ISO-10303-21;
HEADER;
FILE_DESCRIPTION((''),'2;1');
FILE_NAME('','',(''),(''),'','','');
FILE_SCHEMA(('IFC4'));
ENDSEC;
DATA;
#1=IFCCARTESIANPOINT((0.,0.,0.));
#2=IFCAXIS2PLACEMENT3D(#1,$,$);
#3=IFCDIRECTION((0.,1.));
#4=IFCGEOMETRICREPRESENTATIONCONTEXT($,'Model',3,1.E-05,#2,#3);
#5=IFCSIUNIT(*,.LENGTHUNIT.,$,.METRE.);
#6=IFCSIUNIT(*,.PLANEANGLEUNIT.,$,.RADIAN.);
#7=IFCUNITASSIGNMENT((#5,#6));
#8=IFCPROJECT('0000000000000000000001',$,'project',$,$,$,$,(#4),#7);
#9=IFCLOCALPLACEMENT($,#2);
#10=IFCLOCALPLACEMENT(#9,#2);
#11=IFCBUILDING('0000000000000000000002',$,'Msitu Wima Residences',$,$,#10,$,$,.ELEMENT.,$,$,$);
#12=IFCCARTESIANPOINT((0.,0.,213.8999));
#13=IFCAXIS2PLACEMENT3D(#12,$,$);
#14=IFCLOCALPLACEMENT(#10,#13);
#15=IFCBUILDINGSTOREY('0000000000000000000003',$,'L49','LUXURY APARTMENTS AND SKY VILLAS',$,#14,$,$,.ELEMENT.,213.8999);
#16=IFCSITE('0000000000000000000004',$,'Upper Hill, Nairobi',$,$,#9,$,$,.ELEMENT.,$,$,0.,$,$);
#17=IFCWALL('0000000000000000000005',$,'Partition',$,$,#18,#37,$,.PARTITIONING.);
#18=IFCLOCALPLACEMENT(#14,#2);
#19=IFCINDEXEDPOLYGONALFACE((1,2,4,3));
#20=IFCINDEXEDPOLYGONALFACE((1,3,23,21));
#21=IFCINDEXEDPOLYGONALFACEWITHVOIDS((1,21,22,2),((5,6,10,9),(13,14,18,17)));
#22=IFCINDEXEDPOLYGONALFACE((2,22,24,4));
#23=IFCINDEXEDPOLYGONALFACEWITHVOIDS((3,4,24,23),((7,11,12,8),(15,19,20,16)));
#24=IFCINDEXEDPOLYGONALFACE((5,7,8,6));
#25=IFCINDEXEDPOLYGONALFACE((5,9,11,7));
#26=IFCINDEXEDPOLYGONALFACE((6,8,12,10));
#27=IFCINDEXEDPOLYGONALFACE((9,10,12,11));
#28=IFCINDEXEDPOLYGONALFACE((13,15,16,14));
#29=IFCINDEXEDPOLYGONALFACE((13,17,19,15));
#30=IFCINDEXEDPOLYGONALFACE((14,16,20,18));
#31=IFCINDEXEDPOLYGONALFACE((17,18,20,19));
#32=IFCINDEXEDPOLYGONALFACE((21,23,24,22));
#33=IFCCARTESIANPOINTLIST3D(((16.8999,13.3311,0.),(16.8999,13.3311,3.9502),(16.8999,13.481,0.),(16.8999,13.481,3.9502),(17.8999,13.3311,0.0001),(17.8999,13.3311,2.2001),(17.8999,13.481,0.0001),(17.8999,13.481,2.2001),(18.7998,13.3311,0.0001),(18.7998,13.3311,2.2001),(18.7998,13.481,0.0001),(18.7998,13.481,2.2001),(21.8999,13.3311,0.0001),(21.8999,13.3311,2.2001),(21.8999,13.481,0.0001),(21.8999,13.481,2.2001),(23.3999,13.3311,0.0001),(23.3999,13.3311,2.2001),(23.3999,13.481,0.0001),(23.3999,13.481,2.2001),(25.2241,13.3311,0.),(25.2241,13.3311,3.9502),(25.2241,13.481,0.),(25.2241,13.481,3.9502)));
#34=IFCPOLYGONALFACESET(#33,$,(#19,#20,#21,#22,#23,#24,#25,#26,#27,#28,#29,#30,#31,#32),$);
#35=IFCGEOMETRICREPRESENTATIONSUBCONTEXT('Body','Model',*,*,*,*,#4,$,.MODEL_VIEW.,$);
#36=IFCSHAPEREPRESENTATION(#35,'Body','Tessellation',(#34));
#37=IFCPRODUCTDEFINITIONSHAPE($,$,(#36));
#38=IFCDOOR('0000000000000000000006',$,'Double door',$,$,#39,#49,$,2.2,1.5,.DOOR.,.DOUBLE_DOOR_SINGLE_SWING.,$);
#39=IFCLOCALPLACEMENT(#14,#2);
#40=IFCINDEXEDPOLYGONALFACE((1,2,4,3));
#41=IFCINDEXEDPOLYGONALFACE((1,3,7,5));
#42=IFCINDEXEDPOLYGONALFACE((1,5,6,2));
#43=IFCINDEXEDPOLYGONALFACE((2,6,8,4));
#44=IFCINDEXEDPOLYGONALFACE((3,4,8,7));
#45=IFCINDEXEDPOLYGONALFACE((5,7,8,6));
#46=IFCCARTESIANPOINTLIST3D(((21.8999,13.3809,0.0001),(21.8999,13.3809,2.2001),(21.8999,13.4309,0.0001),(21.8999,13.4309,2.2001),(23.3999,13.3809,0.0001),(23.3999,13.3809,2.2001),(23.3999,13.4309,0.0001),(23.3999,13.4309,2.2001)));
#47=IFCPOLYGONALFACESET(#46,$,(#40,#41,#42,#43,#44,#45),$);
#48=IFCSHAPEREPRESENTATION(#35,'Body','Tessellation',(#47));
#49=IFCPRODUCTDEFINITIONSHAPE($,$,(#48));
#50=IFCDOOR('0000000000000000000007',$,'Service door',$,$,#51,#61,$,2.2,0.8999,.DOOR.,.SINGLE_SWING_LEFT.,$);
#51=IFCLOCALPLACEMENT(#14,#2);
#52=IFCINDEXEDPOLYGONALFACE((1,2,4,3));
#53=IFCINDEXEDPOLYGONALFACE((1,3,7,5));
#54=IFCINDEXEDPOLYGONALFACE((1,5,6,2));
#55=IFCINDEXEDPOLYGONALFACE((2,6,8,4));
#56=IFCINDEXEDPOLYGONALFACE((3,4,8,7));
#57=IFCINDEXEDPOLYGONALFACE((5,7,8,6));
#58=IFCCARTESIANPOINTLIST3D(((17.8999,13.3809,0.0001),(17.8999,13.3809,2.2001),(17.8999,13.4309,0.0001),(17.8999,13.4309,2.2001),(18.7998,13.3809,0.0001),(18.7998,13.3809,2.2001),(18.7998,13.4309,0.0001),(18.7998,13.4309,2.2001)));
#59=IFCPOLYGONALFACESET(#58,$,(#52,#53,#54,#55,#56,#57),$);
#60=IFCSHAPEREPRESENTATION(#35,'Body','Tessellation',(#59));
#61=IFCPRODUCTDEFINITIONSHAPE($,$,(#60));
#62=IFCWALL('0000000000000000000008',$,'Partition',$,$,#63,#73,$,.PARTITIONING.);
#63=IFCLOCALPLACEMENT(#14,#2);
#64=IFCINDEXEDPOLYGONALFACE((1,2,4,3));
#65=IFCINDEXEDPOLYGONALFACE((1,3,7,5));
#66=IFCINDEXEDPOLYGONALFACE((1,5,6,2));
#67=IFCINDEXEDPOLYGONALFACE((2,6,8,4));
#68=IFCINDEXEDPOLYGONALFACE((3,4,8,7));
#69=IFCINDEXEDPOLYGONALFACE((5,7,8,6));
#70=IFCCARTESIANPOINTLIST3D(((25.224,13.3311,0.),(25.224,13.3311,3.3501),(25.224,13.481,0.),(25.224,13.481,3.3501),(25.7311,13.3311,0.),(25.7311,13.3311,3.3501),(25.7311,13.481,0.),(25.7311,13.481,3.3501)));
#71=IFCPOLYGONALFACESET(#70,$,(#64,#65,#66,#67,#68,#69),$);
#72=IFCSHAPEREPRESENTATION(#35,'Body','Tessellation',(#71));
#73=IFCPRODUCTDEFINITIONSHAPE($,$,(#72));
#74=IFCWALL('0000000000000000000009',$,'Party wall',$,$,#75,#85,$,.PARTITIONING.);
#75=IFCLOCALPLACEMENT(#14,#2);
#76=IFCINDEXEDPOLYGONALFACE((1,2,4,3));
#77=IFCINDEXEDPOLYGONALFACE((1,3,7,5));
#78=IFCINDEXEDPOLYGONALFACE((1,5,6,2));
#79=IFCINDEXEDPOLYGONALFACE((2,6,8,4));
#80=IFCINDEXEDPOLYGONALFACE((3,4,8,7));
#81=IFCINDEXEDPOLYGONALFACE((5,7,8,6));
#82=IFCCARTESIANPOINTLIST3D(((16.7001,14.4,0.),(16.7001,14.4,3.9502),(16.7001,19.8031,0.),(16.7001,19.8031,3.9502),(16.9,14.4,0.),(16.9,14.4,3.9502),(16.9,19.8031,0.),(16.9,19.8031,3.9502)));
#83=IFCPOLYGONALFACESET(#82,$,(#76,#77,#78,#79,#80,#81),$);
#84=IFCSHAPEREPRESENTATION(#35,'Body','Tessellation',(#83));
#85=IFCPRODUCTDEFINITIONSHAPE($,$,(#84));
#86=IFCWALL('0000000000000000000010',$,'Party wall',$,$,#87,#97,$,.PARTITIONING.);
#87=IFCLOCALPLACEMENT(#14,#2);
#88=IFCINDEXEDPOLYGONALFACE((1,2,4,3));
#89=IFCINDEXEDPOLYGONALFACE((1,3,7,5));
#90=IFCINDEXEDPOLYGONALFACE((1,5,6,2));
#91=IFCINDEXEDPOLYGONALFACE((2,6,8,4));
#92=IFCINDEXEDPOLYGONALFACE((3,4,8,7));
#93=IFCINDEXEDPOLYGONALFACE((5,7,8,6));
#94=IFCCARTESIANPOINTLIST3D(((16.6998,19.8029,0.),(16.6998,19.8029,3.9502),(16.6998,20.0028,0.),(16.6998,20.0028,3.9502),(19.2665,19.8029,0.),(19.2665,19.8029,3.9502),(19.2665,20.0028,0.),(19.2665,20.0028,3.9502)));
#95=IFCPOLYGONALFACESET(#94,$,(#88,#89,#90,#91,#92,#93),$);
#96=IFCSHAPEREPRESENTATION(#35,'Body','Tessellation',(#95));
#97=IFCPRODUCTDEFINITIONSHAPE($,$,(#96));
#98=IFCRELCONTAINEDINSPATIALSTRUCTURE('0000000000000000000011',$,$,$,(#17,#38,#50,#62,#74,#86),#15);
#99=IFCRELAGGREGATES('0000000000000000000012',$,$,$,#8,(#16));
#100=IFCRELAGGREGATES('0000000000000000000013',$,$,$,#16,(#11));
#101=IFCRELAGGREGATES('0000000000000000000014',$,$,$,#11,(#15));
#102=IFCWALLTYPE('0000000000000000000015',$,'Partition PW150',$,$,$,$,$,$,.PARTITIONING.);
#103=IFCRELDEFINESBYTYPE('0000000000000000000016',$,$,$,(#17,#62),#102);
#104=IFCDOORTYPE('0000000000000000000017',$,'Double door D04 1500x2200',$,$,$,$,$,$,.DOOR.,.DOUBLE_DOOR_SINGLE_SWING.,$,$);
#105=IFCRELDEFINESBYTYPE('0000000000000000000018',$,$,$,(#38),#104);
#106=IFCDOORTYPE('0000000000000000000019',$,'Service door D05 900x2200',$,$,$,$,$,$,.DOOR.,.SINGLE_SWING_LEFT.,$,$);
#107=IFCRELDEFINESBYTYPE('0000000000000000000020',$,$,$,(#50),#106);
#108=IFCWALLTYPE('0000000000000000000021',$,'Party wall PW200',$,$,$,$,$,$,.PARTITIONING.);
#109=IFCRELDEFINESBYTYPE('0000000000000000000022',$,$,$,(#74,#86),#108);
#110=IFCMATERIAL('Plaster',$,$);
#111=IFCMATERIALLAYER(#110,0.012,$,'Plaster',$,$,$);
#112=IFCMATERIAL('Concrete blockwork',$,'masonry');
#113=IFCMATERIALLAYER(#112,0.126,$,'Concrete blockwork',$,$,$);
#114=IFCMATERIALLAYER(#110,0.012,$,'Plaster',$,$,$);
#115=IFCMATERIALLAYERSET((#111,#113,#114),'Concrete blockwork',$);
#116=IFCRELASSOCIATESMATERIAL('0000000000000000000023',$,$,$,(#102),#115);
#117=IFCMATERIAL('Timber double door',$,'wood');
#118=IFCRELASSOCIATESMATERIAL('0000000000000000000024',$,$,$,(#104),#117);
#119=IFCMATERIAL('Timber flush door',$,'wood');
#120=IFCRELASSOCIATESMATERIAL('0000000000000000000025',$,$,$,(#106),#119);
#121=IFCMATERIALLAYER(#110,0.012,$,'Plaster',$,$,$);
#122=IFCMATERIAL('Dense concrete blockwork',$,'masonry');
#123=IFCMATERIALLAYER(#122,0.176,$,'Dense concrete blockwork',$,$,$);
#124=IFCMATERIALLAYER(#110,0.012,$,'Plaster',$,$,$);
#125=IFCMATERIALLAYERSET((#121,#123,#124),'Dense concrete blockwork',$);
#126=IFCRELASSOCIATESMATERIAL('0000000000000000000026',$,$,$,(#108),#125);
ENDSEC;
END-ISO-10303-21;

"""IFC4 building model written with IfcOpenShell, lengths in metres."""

from ifc_helpers import new_model, si_unit, direction, frame, frame_2d, origin, place, context, subcontext, project, spatial, rectangle, extrude, material, layer, layer_set, type_object, element, fill, save


model = new_model("IFC4")

# Units and contexts
model_context = context("Model", 3, precision=1e-05, world=origin(), true_north=direction((0.0, 1.0)))
body_context = subcontext(model_context, "Body", "Model", "MODEL_VIEW")
ifc_project = project(units=[si_unit("LENGTHUNIT", "METRE"), si_unit("PLANEANGLEUNIT", "RADIAN")], contexts=[model_context])

# Site, building, storey
site_placement = place(None, origin())
site = spatial("IfcSite", under=ifc_project, at=site_placement, Name="Upper Hill, Nairobi", CompositionType="ELEMENT", RefElevation=0.0)
building_placement = place(site_placement, origin())
building = spatial("IfcBuilding", under=site, at=building_placement, Name="Msitu Wima Residences", CompositionType="ELEMENT")
storey_placement = place(building_placement, frame((0.0, 0.0, 213.8999)))
storey = spatial("IfcBuildingStorey", under=building, at=storey_placement, Name="L49", Description="LUXURY APARTMENTS AND SKY VILLAS", CompositionType="ELEMENT", Elevation=213.8999)

# Shared definitions
ifc_material_1 = material(Name="Plaster")
ifc_material_2 = material(Name="Concrete blockwork", Category="masonry")

# Wall, openings, doors
ifc_layer_1 = layer(ifc_material_1, 0.012, Name="Plaster")
ifc_layer_2 = layer(ifc_material_2, 0.126, Name="Concrete blockwork")
ifc_layer_3 = layer(ifc_material_1, 0.012, Name="Plaster")
ifc_layer_set_1 = layer_set([ifc_layer_1, ifc_layer_2, ifc_layer_3], Name="Concrete blockwork")
wall_type_1 = type_object("IfcWallType", Name="Partition PW150", PredefinedType="PARTITIONING", material=ifc_layer_set_1)
wall_1_placement = place(storey_placement, frame((16.8999, 13.406, 0.0), z_axis=(0.0, 0.0, 1.0), x_axis=(1.0, 0.0, 0.0)))
wall_1 = element("IfcWall", 1, at=wall_1_placement, inside=storey, type_object=wall_type_1, Name="Partition", PredefinedType="PARTITIONING", context=body_context, shape_type="SweptSolid", body=[
    extrude(rectangle(XDim=8.3242, YDim=0.1499, at=frame_2d((4.1621, 0.0))), origin(), (0.0, 0.0, 1.0), 3.9502),
])
opening_1_placement = place(wall_1_placement, frame((5.0, 0.0, 0.0)))
opening_1 = element("IfcOpeningElement", 2, at=opening_1_placement, cuts=wall_1, PredefinedType="OPENING", context=body_context, shape_type="SweptSolid", body=[
    extrude(rectangle(XDim=1.5, YDim=2.2, at=frame_2d((0.75, 1.1001))), frame((0.0, 0.085, 0.0), z_axis=(0.0, -1.0, 0.0), x_axis=(1.0, 0.0, 0.0)), (0.0, 0.0, 1.0), 0.1699),
])
opening_2_placement = place(wall_1_placement, frame((1.0, 0.0, 0.0)))
opening_2 = element("IfcOpeningElement", 3, at=opening_2_placement, cuts=wall_1, PredefinedType="OPENING", context=body_context, shape_type="SweptSolid", body=[
    extrude(rectangle(XDim=0.8999, YDim=2.2, at=frame_2d((0.45, 1.1001))), frame((0.0, 0.085, 0.0), z_axis=(0.0, -1.0, 0.0), x_axis=(1.0, 0.0, 0.0)), (0.0, 0.0, 1.0), 0.1699),
])
ifc_material_3 = material(Name="Timber double door", Category="wood")
door_type_1 = type_object("IfcDoorType", Name="Double door D04 1500x2200", OperationType="DOUBLE_DOOR_SINGLE_SWING", PredefinedType="DOOR", material=ifc_material_3)
door_1_placement = place(opening_1_placement, origin())
door_1 = element("IfcDoor", 4, at=door_1_placement, inside=storey, type_object=door_type_1, Name="Double door", OperationType="DOUBLE_DOOR_SINGLE_SWING", OverallHeight=2.2, OverallWidth=1.5, PredefinedType="DOOR", context=body_context, shape_type="SweptSolid", body=[
    extrude(rectangle(XDim=1.5, YDim=2.2, at=frame_2d((0.75, 1.1001))), frame((0.0, 0.0249, 0.0), z_axis=(0.0, -1.0, 0.0), x_axis=(1.0, 0.0, 0.0)), (0.0, 0.0, 1.0), 0.05),
])
fill(opening_1, door_1)
ifc_material_4 = material(Name="Timber flush door", Category="wood")
door_type_2 = type_object("IfcDoorType", Name="Service door D05 900x2200", OperationType="SINGLE_SWING_LEFT", PredefinedType="DOOR", material=ifc_material_4)
door_2_placement = place(opening_2_placement, origin())
door_2 = element("IfcDoor", 5, at=door_2_placement, inside=storey, type_object=door_type_2, Name="Service door", OperationType="SINGLE_SWING_LEFT", OverallHeight=2.2, OverallWidth=0.8999, PredefinedType="DOOR", context=body_context, shape_type="SweptSolid", body=[
    extrude(rectangle(XDim=0.8999, YDim=2.2, at=frame_2d((0.45, 1.1001))), frame((0.0, 0.0249, 0.0), z_axis=(0.0, -1.0, 0.0), x_axis=(1.0, 0.0, 0.0)), (0.0, 0.0, 1.0), 0.05),
])
fill(opening_2, door_2)

# Walls
wall_2_placement = place(storey_placement, frame((25.2241, 13.406, 0.0), z_axis=(0.0, 0.0, 1.0), x_axis=(1.0, 0.0, 0.0)))
element("IfcWall", 6, at=wall_2_placement, inside=storey, type_object=wall_type_1, Name="Partition", PredefinedType="PARTITIONING", context=body_context, shape_type="SweptSolid", body=[
    extrude(rectangle(XDim=0.5071, YDim=0.1499, at=frame_2d((0.2534, 0.0))), origin(), (0.0, 0.0, 1.0), 3.3501),
])
ifc_layer_4 = layer(ifc_material_1, 0.012, Name="Plaster")
ifc_material_5 = material(Name="Dense concrete blockwork", Category="masonry")
ifc_layer_5 = layer(ifc_material_5, 0.176, Name="Dense concrete blockwork")
ifc_layer_6 = layer(ifc_material_1, 0.012, Name="Plaster")
ifc_layer_set_2 = layer_set([ifc_layer_4, ifc_layer_5, ifc_layer_6], Name="Dense concrete blockwork")
wall_type_2 = type_object("IfcWallType", Name="Party wall PW200", PredefinedType="PARTITIONING", material=ifc_layer_set_2)
wall_3_placement = place(storey_placement, frame((16.8, 14.3999, 0.0), z_axis=(0.0, 0.0, 1.0), x_axis=(0.0, 1.0, 0.0)))
element("IfcWall", 7, at=wall_3_placement, inside=storey, type_object=wall_type_2, Name="Party wall", PredefinedType="PARTITIONING", context=body_context, shape_type="SweptSolid", body=[
    extrude(rectangle(XDim=5.4031, YDim=0.2, at=frame_2d((2.7017, 0.0))), origin(), (0.0, 0.0, 1.0), 3.9502),
])
wall_4_placement = place(storey_placement, frame((16.7, 19.9028, 0.0), z_axis=(0.0, 0.0, 1.0), x_axis=(1.0, 0.0, 0.0)))
element("IfcWall", 8, at=wall_4_placement, inside=storey, type_object=wall_type_2, Name="Party wall", PredefinedType="PARTITIONING", context=body_context, shape_type="SweptSolid", body=[
    extrude(rectangle(XDim=2.5667, YDim=0.2, at=frame_2d((1.2832, 0.0))), origin(), (0.0, 0.0, 1.0), 3.9502),
])

save(model, "model.ifc")
